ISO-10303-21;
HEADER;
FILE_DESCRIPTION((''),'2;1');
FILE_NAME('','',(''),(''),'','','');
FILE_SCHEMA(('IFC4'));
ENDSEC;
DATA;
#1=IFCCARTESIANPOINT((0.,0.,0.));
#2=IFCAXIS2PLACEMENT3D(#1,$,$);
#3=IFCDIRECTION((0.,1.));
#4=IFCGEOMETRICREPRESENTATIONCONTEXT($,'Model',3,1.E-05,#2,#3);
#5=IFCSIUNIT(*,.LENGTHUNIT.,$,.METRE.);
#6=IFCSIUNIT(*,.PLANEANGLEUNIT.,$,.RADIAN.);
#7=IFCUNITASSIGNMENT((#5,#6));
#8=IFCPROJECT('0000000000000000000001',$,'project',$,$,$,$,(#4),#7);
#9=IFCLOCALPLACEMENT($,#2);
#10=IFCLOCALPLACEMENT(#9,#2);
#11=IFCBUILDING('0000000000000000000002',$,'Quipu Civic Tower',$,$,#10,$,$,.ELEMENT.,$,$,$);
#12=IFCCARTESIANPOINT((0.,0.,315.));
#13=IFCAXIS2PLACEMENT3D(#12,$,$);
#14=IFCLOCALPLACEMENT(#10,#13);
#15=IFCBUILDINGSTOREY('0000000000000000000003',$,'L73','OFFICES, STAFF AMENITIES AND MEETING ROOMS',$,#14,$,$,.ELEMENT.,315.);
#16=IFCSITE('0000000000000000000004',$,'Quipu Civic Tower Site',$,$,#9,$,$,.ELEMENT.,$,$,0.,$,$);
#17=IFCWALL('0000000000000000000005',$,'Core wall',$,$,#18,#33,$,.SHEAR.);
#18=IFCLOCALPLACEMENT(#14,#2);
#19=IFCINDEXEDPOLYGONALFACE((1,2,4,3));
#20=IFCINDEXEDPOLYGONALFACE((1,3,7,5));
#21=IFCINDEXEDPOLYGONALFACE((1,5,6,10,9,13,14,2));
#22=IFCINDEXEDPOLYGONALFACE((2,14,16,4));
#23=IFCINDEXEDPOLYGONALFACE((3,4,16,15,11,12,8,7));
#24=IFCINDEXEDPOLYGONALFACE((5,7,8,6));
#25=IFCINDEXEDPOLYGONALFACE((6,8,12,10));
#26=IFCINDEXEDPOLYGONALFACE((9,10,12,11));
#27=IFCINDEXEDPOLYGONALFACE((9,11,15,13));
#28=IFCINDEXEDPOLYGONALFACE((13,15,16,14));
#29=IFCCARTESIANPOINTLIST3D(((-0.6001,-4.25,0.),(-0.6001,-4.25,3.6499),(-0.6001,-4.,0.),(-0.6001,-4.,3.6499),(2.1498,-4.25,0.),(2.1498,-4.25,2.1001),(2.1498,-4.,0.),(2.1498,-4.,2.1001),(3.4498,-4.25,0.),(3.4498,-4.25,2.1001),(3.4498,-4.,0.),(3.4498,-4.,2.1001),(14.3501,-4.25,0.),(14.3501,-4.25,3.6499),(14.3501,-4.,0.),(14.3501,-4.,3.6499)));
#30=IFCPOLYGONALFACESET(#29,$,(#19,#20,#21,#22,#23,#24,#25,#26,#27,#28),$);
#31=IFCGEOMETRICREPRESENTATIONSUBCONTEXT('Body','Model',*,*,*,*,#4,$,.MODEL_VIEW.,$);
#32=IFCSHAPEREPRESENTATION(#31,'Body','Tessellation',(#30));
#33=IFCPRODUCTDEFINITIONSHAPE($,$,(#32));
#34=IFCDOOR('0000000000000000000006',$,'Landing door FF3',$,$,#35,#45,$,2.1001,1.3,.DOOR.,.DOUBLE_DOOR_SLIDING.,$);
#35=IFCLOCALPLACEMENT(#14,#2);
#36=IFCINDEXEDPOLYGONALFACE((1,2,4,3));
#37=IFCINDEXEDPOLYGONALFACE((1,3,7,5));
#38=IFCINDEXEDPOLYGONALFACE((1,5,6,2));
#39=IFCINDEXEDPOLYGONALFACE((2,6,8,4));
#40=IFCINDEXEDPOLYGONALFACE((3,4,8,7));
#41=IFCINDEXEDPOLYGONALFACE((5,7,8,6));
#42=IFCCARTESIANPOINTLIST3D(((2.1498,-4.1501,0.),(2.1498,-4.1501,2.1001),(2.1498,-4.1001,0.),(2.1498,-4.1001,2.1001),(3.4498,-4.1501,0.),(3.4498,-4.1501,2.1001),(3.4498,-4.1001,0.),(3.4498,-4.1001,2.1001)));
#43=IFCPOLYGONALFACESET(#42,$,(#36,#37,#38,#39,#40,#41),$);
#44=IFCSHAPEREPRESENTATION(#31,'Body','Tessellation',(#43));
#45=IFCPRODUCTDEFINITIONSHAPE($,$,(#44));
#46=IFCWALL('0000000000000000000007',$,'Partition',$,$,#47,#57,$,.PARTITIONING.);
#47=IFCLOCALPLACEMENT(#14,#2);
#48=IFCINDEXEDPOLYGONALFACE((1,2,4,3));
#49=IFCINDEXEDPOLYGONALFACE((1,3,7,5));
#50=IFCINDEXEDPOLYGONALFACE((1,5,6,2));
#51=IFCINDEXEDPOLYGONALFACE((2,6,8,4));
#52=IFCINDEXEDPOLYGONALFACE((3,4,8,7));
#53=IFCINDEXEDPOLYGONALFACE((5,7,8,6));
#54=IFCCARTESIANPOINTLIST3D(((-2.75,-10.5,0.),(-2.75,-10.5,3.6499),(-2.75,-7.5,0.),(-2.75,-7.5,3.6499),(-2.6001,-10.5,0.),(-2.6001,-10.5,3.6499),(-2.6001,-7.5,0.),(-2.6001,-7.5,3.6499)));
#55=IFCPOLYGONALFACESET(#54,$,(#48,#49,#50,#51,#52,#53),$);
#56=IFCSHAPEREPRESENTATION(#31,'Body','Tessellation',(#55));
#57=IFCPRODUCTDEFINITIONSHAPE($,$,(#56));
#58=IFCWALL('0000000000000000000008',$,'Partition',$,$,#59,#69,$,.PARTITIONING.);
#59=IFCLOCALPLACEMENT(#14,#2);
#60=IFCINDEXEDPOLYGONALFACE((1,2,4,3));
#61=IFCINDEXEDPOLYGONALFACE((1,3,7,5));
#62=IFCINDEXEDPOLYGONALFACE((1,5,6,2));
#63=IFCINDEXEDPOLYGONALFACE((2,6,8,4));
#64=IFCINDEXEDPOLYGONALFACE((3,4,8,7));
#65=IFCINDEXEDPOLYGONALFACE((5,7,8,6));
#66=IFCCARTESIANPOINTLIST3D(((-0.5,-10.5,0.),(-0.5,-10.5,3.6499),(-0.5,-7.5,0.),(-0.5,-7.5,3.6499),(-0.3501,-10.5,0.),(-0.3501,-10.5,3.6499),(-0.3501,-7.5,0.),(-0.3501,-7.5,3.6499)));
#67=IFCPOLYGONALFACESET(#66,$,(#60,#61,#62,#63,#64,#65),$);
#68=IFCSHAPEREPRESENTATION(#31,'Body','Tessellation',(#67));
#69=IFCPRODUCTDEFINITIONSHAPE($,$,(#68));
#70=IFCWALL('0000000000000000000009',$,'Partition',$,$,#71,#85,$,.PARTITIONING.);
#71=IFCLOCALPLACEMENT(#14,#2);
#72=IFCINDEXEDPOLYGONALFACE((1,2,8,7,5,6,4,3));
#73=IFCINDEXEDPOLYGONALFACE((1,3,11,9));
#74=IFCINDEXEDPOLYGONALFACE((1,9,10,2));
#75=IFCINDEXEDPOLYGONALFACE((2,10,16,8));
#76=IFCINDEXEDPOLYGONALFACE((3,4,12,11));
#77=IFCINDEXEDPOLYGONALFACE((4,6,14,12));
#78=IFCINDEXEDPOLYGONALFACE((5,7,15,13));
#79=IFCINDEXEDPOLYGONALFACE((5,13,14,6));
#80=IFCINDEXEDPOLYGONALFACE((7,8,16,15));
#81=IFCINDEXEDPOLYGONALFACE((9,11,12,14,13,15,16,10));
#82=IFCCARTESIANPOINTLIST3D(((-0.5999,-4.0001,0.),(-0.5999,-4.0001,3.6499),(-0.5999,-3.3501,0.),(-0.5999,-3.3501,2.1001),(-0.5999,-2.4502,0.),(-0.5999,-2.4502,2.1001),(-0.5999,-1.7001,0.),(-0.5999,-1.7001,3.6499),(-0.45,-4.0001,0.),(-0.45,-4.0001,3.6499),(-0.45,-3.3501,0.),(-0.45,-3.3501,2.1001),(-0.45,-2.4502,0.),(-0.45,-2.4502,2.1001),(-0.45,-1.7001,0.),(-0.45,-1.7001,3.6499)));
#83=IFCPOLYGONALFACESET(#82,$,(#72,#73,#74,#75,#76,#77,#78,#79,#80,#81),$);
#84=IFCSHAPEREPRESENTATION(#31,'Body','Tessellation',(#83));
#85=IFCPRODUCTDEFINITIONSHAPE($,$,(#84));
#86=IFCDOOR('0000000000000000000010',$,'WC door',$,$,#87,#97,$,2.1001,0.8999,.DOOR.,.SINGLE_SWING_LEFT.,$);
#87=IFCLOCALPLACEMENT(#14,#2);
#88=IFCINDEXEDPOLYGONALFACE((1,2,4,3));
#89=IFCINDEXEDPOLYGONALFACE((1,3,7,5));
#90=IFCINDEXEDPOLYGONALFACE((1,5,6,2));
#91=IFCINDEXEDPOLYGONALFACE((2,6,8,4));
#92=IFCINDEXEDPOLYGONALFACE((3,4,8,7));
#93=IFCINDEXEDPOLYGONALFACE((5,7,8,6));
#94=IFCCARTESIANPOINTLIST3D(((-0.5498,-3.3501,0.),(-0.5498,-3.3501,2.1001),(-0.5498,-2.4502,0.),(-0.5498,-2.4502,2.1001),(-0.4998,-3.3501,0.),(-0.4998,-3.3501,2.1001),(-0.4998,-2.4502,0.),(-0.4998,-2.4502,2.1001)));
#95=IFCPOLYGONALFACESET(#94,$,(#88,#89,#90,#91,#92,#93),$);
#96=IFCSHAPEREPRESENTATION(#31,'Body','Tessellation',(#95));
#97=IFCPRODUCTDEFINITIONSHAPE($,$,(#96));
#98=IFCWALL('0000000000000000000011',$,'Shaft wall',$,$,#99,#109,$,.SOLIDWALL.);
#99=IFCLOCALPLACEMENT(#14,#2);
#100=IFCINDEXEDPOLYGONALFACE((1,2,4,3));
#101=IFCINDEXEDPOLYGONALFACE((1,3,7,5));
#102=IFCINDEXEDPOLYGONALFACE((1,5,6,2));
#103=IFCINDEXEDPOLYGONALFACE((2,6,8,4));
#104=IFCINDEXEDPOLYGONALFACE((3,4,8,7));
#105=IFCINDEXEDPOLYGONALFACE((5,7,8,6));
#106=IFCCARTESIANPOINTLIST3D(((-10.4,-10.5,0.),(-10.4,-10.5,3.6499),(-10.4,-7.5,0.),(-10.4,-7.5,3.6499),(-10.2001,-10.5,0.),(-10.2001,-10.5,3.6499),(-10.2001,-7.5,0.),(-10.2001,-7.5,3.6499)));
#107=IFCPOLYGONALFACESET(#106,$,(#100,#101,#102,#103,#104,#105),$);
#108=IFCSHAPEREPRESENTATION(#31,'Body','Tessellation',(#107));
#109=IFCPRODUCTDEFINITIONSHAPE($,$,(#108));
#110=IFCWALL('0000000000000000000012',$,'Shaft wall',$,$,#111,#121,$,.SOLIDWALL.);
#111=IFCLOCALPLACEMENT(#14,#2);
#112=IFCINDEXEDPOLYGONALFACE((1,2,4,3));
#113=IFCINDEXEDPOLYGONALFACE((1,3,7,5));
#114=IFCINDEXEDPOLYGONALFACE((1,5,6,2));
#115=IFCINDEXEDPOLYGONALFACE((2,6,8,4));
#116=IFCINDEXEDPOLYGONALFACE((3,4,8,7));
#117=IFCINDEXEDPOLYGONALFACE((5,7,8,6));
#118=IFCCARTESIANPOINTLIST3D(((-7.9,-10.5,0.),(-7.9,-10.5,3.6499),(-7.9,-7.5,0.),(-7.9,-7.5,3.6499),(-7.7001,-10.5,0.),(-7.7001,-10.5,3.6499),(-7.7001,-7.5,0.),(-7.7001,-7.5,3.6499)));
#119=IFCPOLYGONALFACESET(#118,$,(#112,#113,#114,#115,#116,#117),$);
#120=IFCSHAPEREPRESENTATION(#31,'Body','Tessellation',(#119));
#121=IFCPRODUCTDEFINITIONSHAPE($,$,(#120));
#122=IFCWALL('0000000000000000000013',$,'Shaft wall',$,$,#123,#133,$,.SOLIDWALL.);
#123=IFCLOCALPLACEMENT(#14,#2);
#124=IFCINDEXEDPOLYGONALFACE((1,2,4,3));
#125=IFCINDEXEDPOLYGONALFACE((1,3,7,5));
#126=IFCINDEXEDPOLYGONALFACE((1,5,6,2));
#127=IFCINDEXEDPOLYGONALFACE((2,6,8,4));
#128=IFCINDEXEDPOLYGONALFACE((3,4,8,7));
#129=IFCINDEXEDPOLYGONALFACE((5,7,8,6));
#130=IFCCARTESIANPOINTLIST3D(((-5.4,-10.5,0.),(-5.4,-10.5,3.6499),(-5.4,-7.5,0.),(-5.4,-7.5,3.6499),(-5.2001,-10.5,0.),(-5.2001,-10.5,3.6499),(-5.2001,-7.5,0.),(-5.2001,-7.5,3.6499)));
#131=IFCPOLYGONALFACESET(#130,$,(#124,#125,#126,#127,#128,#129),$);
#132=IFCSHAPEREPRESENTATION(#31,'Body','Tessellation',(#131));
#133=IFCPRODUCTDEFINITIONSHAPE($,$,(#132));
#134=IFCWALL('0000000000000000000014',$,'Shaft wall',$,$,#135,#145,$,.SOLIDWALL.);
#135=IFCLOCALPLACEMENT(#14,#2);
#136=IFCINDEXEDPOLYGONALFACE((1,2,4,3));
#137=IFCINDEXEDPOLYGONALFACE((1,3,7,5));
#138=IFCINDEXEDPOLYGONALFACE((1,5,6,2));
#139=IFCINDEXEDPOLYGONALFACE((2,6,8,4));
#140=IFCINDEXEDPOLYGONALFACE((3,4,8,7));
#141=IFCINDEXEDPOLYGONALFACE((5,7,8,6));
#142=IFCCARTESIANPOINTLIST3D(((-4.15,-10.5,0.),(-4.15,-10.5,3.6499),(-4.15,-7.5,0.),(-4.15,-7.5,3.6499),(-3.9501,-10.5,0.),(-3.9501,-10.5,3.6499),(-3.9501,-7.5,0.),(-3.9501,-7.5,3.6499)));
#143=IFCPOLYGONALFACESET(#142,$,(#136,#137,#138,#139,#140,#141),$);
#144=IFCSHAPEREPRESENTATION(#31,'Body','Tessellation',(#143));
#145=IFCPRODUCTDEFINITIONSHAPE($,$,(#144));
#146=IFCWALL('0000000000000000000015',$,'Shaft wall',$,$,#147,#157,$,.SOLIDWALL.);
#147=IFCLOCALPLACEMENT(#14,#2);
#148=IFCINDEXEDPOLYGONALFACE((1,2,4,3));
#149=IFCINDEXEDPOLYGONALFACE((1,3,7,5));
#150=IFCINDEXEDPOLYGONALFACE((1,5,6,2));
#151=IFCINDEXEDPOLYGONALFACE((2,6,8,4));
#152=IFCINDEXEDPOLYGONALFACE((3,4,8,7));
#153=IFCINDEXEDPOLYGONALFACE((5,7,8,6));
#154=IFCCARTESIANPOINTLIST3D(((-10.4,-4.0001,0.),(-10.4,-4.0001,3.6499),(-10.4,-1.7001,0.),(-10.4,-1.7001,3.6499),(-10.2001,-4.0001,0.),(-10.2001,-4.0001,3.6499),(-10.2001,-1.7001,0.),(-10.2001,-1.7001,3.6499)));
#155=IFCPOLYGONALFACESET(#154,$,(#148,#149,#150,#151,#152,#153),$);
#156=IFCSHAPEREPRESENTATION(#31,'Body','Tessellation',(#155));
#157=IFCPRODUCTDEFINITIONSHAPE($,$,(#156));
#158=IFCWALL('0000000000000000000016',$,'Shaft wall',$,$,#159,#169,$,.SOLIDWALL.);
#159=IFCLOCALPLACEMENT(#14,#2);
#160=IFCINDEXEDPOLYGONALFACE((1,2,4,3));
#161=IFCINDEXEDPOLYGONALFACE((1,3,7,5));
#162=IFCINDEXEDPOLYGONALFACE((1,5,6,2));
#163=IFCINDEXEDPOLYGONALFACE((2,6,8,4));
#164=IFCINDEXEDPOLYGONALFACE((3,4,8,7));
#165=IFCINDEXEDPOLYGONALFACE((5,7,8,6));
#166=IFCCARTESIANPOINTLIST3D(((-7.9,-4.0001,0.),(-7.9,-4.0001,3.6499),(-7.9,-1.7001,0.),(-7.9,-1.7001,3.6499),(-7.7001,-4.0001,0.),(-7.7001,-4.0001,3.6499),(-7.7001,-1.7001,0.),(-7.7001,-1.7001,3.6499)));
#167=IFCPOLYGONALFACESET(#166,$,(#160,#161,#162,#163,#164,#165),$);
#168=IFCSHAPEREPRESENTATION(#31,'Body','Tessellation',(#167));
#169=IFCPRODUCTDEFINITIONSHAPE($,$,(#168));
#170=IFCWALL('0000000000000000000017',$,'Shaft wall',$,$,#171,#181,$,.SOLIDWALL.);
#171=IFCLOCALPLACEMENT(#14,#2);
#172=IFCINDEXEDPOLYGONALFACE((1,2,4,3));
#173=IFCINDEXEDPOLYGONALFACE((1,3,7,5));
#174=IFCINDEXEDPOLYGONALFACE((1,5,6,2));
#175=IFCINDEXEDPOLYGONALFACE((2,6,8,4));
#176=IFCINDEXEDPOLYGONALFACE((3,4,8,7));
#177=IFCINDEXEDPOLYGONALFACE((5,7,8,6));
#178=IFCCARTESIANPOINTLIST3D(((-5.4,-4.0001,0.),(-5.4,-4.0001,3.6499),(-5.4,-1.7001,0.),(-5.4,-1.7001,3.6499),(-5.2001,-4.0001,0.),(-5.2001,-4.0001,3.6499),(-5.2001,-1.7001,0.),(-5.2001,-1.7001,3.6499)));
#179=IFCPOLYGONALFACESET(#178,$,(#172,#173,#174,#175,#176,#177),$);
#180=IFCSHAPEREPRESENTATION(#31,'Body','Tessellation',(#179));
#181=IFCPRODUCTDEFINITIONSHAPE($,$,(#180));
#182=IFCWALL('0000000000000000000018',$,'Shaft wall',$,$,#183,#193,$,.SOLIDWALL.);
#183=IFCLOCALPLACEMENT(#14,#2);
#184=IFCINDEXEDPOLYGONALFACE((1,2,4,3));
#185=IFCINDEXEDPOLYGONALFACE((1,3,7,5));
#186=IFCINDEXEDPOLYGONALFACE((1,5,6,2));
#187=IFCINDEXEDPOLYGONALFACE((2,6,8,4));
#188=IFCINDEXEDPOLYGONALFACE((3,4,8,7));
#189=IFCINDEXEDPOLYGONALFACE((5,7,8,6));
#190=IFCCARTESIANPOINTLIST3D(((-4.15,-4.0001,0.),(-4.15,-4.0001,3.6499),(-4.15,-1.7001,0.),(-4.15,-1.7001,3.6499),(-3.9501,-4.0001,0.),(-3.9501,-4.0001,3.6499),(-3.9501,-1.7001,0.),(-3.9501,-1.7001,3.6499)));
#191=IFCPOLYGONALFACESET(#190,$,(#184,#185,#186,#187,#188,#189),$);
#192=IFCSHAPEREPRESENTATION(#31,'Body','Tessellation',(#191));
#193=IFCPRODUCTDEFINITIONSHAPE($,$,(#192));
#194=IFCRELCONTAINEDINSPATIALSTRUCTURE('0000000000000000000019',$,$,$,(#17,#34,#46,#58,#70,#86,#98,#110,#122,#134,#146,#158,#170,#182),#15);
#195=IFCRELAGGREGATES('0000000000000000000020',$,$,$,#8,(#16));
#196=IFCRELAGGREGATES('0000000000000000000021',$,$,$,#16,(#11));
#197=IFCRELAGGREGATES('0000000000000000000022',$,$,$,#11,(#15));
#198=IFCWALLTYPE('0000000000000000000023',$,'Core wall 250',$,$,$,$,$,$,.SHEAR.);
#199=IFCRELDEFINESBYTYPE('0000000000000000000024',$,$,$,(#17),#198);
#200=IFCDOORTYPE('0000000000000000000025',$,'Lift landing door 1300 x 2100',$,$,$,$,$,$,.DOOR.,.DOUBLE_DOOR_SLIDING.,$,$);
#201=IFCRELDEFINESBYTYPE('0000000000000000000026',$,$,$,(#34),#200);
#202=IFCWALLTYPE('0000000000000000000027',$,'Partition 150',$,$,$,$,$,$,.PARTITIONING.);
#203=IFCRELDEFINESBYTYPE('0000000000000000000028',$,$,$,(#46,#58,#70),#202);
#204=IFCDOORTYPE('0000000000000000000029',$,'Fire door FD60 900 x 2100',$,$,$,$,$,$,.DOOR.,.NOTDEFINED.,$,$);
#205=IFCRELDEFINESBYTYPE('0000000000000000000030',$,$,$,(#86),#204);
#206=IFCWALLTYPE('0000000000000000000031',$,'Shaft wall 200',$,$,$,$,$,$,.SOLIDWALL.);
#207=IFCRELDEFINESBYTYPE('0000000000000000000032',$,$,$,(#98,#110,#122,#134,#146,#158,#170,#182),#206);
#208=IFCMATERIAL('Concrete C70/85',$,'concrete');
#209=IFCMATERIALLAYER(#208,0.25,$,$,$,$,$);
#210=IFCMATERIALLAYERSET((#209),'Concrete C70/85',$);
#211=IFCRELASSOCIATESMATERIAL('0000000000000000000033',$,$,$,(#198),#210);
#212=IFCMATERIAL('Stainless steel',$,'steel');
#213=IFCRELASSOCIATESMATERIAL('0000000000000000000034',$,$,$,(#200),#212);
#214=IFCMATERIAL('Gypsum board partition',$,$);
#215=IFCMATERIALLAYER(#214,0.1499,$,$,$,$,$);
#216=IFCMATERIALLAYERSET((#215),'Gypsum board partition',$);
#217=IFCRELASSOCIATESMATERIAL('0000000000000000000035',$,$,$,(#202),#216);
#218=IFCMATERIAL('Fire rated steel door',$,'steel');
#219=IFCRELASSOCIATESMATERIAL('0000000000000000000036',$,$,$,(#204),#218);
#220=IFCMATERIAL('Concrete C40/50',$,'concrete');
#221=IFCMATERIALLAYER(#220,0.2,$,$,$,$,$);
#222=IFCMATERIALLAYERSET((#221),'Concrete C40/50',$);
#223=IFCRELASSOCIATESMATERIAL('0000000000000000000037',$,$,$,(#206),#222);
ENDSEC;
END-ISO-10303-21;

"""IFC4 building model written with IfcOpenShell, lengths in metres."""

from ifc_helpers import new_model, si_unit, direction, frame, frame_2d, origin, place, context, subcontext, project, spatial, rectangle, extrude, material, layer, layer_set, type_object, element, fill, save


model = new_model("IFC4")

# Units and contexts
model_context = context("Model", 3, precision=1e-05, world=origin(), true_north=direction((0.0, 1.0)))
body_context = subcontext(model_context, "Body", "Model", "MODEL_VIEW")
ifc_project = project(units=[si_unit("LENGTHUNIT", "METRE"), si_unit("PLANEANGLEUNIT", "RADIAN")], contexts=[model_context])

# Site, building, storey
site_placement = place(None, origin())
site = spatial("IfcSite", under=ifc_project, at=site_placement, Name="Quipu Civic Tower Site", CompositionType="ELEMENT", RefElevation=0.0)
building_placement = place(site_placement, origin())
building = spatial("IfcBuilding", under=site, at=building_placement, Name="Quipu Civic Tower", CompositionType="ELEMENT")
storey_placement = place(building_placement, frame((0.0, 0.0, 315.0)))
storey = spatial("IfcBuildingStorey", under=building, at=storey_placement, Name="L73", Description="OFFICES, STAFF AMENITIES AND MEETING ROOMS", CompositionType="ELEMENT", Elevation=315.0)

# Wall, opening, door
ifc_material_1 = material(Name="Concrete C70/85", Category="concrete")
ifc_layer_1 = layer(ifc_material_1, 0.25)
ifc_layer_set_1 = layer_set([ifc_layer_1], Name="Concrete C70/85")
wall_type_1 = type_object("IfcWallType", Name="Core wall 250", PredefinedType="SHEAR", material=ifc_layer_set_1)
wall_1_placement = place(storey_placement, frame((-0.6001, -4.125, 0.0), z_axis=(0.0, 0.0, 1.0), x_axis=(1.0, 0.0, 0.0)))
wall_1 = element("IfcWall", 1, at=wall_1_placement, inside=storey, type_object=wall_type_1, Name="Core wall", PredefinedType="SHEAR", context=body_context, shape_type="SweptSolid", body=[
    extrude(rectangle(XDim=14.9502, YDim=0.25, at=frame_2d((7.4751, 0.0))), origin(), (0.0, 0.0, 1.0), 3.6499),
])
opening_1_placement = place(wall_1_placement, frame((2.75, 0.0, 0.0)))
opening_1 = element("IfcOpeningElement", 2, at=opening_1_placement, cuts=wall_1, PredefinedType="OPENING", context=body_context, shape_type="SweptSolid", body=[
    extrude(rectangle(XDim=1.3, YDim=2.1001, at=frame_2d((0.6499, 1.05))), frame((0.0, 0.135, 0.0), z_axis=(0.0, -1.0, 0.0), x_axis=(1.0, 0.0, 0.0)), (0.0, 0.0, 1.0), 0.27),
])
ifc_material_2 = material(Name="Stainless steel", Category="steel")
door_type_1 = type_object("IfcDoorType", Name="Lift landing door 1300 x 2100", OperationType="DOUBLE_DOOR_SLIDING", PredefinedType="DOOR", material=ifc_material_2)
door_1_placement = place(opening_1_placement, origin())
door_1 = element("IfcDoor", 3, at=door_1_placement, inside=storey, type_object=door_type_1, Name="Landing door FF3", OperationType="DOUBLE_DOOR_SLIDING", OverallHeight=2.1001, OverallWidth=1.3, PredefinedType="DOOR", context=body_context, shape_type="SweptSolid", body=[
    extrude(rectangle(XDim=1.3, YDim=2.1001, at=frame_2d((0.6499, 1.05))), frame((0.0, 0.0249, 0.0), z_axis=(0.0, -1.0, 0.0), x_axis=(1.0, 0.0, 0.0)), (0.0, 0.0, 1.0), 0.05),
])
fill(opening_1, door_1)

# Walls
ifc_material_3 = material(Name="Gypsum board partition")
ifc_layer_2 = layer(ifc_material_3, 0.1499)
ifc_layer_set_2 = layer_set([ifc_layer_2], Name="Gypsum board partition")
wall_type_2 = type_object("IfcWallType", Name="Partition 150", PredefinedType="PARTITIONING", material=ifc_layer_set_2)
for number, where, z_axis, x_axis, name in (
    (4, (-2.675, -10.5, 0.0), (0.0, 0.0, 1.0), (0.0, 1.0, 0.0), "Partition"),
    (5, (-0.425, -10.5, 0.0), (0.0, 0.0, 1.0), (0.0, 1.0, 0.0), "Partition"),
):
    element("IfcWall", number, at=place(storey_placement, frame(where, z_axis=z_axis, x_axis=x_axis)), inside=storey, type_object=wall_type_2, Name=name, PredefinedType="PARTITIONING", context=body_context, shape_type="SweptSolid", body=[
        extrude(rectangle(XDim=3.0, YDim=0.1499, at=frame_2d((1.5, 0.0))), origin(), (0.0, 0.0, 1.0), 3.6499),
    ])

# Wall, opening, door
wall_2_placement = place(storey_placement, frame((-0.5249, -4.0, 0.0), z_axis=(0.0, 0.0, 1.0), x_axis=(0.0, 1.0, 0.0)))
wall_2 = element("IfcWall", 6, at=wall_2_placement, inside=storey, type_object=wall_type_2, Name="Partition", PredefinedType="PARTITIONING", context=body_context, shape_type="SweptSolid", body=[
    extrude(rectangle(XDim=2.3, YDim=0.1499, at=frame_2d((1.1499, 0.0))), origin(), (0.0, 0.0, 1.0), 3.6499),
])
opening_2_placement = place(wall_2_placement, frame((0.6499, 0.0, 0.0)))
opening_2 = element("IfcOpeningElement", 7, at=opening_2_placement, cuts=wall_2, PredefinedType="OPENING", context=body_context, shape_type="SweptSolid", body=[
    extrude(rectangle(XDim=0.8999, YDim=2.1001, at=frame_2d((0.45, 1.05))), frame((0.0, 0.085, 0.0), z_axis=(0.0, -1.0, 0.0), x_axis=(1.0, 0.0, 0.0)), (0.0, 0.0, 1.0), 0.1699),
])
ifc_material_4 = material(Name="Fire rated steel door", Category="steel")
door_type_2 = type_object("IfcDoorType", Name="Fire door FD60 900 x 2100", OperationType="NOTDEFINED", PredefinedType="DOOR", material=ifc_material_4)
door_2_placement = place(opening_2_placement, origin())
door_2 = element("IfcDoor", 8, at=door_2_placement, inside=storey, type_object=door_type_2, Name="WC door", OperationType="SINGLE_SWING_LEFT", OverallHeight=2.1001, OverallWidth=0.8999, PredefinedType="DOOR", context=body_context, shape_type="SweptSolid", body=[
    extrude(rectangle(XDim=0.8999, YDim=2.1001, at=frame_2d((0.45, 1.05))), frame((0.0, 0.0249, 0.0), z_axis=(0.0, -1.0, 0.0), x_axis=(1.0, 0.0, 0.0)), (0.0, 0.0, 1.0), 0.05),
])
fill(opening_2, door_2)

# Walls
ifc_material_5 = material(Name="Concrete C40/50", Category="concrete")
ifc_layer_3 = layer(ifc_material_5, 0.2)
ifc_layer_set_3 = layer_set([ifc_layer_3], Name="Concrete C40/50")
wall_type_3 = type_object("IfcWallType", Name="Shaft wall 200", PredefinedType="SOLIDWALL", material=ifc_layer_set_3)
for number, where, z_axis, x_axis, name in (
    (9, (-10.3, -10.5, 0.0), (0.0, 0.0, 1.0), (0.0, 1.0, 0.0), "Shaft wall"),
    (10, (-7.8, -10.5, 0.0), (0.0, 0.0, 1.0), (0.0, 1.0, 0.0), "Shaft wall"),
    (11, (-5.3, -10.5, 0.0), (0.0, 0.0, 1.0), (0.0, 1.0, 0.0), "Shaft wall"),
    (12, (-4.05, -10.5, 0.0), (0.0, 0.0, 1.0), (0.0, 1.0, 0.0), "Shaft wall"),
):
    element("IfcWall", number, at=place(storey_placement, frame(where, z_axis=z_axis, x_axis=x_axis)), inside=storey, type_object=wall_type_3, Name=name, PredefinedType="SOLIDWALL", context=body_context, shape_type="SweptSolid", body=[
        extrude(rectangle(XDim=3.0, YDim=0.2, at=frame_2d((1.5, 0.0))), origin(), (0.0, 0.0, 1.0), 3.6499),
    ])
for number, where, z_axis, x_axis, name in (
    (13, (-10.3, -4.0, 0.0), (0.0, 0.0, 1.0), (0.0, 1.0, 0.0), "Shaft wall"),
    (14, (-7.8, -4.0, 0.0), (0.0, 0.0, 1.0), (0.0, 1.0, 0.0), "Shaft wall"),
    (15, (-5.3, -4.0, 0.0), (0.0, 0.0, 1.0), (0.0, 1.0, 0.0), "Shaft wall"),
    (16, (-4.05, -4.0, 0.0), (0.0, 0.0, 1.0), (0.0, 1.0, 0.0), "Shaft wall"),
):
    element("IfcWall", number, at=place(storey_placement, frame(where, z_axis=z_axis, x_axis=x_axis)), inside=storey, type_object=wall_type_3, Name=name, PredefinedType="SOLIDWALL", context=body_context, shape_type="SweptSolid", body=[
        extrude(rectangle(XDim=2.3, YDim=0.2, at=frame_2d((1.1499, 0.0))), origin(), (0.0, 0.0, 1.0), 3.6499),
    ])

save(model, "model.ifc")
